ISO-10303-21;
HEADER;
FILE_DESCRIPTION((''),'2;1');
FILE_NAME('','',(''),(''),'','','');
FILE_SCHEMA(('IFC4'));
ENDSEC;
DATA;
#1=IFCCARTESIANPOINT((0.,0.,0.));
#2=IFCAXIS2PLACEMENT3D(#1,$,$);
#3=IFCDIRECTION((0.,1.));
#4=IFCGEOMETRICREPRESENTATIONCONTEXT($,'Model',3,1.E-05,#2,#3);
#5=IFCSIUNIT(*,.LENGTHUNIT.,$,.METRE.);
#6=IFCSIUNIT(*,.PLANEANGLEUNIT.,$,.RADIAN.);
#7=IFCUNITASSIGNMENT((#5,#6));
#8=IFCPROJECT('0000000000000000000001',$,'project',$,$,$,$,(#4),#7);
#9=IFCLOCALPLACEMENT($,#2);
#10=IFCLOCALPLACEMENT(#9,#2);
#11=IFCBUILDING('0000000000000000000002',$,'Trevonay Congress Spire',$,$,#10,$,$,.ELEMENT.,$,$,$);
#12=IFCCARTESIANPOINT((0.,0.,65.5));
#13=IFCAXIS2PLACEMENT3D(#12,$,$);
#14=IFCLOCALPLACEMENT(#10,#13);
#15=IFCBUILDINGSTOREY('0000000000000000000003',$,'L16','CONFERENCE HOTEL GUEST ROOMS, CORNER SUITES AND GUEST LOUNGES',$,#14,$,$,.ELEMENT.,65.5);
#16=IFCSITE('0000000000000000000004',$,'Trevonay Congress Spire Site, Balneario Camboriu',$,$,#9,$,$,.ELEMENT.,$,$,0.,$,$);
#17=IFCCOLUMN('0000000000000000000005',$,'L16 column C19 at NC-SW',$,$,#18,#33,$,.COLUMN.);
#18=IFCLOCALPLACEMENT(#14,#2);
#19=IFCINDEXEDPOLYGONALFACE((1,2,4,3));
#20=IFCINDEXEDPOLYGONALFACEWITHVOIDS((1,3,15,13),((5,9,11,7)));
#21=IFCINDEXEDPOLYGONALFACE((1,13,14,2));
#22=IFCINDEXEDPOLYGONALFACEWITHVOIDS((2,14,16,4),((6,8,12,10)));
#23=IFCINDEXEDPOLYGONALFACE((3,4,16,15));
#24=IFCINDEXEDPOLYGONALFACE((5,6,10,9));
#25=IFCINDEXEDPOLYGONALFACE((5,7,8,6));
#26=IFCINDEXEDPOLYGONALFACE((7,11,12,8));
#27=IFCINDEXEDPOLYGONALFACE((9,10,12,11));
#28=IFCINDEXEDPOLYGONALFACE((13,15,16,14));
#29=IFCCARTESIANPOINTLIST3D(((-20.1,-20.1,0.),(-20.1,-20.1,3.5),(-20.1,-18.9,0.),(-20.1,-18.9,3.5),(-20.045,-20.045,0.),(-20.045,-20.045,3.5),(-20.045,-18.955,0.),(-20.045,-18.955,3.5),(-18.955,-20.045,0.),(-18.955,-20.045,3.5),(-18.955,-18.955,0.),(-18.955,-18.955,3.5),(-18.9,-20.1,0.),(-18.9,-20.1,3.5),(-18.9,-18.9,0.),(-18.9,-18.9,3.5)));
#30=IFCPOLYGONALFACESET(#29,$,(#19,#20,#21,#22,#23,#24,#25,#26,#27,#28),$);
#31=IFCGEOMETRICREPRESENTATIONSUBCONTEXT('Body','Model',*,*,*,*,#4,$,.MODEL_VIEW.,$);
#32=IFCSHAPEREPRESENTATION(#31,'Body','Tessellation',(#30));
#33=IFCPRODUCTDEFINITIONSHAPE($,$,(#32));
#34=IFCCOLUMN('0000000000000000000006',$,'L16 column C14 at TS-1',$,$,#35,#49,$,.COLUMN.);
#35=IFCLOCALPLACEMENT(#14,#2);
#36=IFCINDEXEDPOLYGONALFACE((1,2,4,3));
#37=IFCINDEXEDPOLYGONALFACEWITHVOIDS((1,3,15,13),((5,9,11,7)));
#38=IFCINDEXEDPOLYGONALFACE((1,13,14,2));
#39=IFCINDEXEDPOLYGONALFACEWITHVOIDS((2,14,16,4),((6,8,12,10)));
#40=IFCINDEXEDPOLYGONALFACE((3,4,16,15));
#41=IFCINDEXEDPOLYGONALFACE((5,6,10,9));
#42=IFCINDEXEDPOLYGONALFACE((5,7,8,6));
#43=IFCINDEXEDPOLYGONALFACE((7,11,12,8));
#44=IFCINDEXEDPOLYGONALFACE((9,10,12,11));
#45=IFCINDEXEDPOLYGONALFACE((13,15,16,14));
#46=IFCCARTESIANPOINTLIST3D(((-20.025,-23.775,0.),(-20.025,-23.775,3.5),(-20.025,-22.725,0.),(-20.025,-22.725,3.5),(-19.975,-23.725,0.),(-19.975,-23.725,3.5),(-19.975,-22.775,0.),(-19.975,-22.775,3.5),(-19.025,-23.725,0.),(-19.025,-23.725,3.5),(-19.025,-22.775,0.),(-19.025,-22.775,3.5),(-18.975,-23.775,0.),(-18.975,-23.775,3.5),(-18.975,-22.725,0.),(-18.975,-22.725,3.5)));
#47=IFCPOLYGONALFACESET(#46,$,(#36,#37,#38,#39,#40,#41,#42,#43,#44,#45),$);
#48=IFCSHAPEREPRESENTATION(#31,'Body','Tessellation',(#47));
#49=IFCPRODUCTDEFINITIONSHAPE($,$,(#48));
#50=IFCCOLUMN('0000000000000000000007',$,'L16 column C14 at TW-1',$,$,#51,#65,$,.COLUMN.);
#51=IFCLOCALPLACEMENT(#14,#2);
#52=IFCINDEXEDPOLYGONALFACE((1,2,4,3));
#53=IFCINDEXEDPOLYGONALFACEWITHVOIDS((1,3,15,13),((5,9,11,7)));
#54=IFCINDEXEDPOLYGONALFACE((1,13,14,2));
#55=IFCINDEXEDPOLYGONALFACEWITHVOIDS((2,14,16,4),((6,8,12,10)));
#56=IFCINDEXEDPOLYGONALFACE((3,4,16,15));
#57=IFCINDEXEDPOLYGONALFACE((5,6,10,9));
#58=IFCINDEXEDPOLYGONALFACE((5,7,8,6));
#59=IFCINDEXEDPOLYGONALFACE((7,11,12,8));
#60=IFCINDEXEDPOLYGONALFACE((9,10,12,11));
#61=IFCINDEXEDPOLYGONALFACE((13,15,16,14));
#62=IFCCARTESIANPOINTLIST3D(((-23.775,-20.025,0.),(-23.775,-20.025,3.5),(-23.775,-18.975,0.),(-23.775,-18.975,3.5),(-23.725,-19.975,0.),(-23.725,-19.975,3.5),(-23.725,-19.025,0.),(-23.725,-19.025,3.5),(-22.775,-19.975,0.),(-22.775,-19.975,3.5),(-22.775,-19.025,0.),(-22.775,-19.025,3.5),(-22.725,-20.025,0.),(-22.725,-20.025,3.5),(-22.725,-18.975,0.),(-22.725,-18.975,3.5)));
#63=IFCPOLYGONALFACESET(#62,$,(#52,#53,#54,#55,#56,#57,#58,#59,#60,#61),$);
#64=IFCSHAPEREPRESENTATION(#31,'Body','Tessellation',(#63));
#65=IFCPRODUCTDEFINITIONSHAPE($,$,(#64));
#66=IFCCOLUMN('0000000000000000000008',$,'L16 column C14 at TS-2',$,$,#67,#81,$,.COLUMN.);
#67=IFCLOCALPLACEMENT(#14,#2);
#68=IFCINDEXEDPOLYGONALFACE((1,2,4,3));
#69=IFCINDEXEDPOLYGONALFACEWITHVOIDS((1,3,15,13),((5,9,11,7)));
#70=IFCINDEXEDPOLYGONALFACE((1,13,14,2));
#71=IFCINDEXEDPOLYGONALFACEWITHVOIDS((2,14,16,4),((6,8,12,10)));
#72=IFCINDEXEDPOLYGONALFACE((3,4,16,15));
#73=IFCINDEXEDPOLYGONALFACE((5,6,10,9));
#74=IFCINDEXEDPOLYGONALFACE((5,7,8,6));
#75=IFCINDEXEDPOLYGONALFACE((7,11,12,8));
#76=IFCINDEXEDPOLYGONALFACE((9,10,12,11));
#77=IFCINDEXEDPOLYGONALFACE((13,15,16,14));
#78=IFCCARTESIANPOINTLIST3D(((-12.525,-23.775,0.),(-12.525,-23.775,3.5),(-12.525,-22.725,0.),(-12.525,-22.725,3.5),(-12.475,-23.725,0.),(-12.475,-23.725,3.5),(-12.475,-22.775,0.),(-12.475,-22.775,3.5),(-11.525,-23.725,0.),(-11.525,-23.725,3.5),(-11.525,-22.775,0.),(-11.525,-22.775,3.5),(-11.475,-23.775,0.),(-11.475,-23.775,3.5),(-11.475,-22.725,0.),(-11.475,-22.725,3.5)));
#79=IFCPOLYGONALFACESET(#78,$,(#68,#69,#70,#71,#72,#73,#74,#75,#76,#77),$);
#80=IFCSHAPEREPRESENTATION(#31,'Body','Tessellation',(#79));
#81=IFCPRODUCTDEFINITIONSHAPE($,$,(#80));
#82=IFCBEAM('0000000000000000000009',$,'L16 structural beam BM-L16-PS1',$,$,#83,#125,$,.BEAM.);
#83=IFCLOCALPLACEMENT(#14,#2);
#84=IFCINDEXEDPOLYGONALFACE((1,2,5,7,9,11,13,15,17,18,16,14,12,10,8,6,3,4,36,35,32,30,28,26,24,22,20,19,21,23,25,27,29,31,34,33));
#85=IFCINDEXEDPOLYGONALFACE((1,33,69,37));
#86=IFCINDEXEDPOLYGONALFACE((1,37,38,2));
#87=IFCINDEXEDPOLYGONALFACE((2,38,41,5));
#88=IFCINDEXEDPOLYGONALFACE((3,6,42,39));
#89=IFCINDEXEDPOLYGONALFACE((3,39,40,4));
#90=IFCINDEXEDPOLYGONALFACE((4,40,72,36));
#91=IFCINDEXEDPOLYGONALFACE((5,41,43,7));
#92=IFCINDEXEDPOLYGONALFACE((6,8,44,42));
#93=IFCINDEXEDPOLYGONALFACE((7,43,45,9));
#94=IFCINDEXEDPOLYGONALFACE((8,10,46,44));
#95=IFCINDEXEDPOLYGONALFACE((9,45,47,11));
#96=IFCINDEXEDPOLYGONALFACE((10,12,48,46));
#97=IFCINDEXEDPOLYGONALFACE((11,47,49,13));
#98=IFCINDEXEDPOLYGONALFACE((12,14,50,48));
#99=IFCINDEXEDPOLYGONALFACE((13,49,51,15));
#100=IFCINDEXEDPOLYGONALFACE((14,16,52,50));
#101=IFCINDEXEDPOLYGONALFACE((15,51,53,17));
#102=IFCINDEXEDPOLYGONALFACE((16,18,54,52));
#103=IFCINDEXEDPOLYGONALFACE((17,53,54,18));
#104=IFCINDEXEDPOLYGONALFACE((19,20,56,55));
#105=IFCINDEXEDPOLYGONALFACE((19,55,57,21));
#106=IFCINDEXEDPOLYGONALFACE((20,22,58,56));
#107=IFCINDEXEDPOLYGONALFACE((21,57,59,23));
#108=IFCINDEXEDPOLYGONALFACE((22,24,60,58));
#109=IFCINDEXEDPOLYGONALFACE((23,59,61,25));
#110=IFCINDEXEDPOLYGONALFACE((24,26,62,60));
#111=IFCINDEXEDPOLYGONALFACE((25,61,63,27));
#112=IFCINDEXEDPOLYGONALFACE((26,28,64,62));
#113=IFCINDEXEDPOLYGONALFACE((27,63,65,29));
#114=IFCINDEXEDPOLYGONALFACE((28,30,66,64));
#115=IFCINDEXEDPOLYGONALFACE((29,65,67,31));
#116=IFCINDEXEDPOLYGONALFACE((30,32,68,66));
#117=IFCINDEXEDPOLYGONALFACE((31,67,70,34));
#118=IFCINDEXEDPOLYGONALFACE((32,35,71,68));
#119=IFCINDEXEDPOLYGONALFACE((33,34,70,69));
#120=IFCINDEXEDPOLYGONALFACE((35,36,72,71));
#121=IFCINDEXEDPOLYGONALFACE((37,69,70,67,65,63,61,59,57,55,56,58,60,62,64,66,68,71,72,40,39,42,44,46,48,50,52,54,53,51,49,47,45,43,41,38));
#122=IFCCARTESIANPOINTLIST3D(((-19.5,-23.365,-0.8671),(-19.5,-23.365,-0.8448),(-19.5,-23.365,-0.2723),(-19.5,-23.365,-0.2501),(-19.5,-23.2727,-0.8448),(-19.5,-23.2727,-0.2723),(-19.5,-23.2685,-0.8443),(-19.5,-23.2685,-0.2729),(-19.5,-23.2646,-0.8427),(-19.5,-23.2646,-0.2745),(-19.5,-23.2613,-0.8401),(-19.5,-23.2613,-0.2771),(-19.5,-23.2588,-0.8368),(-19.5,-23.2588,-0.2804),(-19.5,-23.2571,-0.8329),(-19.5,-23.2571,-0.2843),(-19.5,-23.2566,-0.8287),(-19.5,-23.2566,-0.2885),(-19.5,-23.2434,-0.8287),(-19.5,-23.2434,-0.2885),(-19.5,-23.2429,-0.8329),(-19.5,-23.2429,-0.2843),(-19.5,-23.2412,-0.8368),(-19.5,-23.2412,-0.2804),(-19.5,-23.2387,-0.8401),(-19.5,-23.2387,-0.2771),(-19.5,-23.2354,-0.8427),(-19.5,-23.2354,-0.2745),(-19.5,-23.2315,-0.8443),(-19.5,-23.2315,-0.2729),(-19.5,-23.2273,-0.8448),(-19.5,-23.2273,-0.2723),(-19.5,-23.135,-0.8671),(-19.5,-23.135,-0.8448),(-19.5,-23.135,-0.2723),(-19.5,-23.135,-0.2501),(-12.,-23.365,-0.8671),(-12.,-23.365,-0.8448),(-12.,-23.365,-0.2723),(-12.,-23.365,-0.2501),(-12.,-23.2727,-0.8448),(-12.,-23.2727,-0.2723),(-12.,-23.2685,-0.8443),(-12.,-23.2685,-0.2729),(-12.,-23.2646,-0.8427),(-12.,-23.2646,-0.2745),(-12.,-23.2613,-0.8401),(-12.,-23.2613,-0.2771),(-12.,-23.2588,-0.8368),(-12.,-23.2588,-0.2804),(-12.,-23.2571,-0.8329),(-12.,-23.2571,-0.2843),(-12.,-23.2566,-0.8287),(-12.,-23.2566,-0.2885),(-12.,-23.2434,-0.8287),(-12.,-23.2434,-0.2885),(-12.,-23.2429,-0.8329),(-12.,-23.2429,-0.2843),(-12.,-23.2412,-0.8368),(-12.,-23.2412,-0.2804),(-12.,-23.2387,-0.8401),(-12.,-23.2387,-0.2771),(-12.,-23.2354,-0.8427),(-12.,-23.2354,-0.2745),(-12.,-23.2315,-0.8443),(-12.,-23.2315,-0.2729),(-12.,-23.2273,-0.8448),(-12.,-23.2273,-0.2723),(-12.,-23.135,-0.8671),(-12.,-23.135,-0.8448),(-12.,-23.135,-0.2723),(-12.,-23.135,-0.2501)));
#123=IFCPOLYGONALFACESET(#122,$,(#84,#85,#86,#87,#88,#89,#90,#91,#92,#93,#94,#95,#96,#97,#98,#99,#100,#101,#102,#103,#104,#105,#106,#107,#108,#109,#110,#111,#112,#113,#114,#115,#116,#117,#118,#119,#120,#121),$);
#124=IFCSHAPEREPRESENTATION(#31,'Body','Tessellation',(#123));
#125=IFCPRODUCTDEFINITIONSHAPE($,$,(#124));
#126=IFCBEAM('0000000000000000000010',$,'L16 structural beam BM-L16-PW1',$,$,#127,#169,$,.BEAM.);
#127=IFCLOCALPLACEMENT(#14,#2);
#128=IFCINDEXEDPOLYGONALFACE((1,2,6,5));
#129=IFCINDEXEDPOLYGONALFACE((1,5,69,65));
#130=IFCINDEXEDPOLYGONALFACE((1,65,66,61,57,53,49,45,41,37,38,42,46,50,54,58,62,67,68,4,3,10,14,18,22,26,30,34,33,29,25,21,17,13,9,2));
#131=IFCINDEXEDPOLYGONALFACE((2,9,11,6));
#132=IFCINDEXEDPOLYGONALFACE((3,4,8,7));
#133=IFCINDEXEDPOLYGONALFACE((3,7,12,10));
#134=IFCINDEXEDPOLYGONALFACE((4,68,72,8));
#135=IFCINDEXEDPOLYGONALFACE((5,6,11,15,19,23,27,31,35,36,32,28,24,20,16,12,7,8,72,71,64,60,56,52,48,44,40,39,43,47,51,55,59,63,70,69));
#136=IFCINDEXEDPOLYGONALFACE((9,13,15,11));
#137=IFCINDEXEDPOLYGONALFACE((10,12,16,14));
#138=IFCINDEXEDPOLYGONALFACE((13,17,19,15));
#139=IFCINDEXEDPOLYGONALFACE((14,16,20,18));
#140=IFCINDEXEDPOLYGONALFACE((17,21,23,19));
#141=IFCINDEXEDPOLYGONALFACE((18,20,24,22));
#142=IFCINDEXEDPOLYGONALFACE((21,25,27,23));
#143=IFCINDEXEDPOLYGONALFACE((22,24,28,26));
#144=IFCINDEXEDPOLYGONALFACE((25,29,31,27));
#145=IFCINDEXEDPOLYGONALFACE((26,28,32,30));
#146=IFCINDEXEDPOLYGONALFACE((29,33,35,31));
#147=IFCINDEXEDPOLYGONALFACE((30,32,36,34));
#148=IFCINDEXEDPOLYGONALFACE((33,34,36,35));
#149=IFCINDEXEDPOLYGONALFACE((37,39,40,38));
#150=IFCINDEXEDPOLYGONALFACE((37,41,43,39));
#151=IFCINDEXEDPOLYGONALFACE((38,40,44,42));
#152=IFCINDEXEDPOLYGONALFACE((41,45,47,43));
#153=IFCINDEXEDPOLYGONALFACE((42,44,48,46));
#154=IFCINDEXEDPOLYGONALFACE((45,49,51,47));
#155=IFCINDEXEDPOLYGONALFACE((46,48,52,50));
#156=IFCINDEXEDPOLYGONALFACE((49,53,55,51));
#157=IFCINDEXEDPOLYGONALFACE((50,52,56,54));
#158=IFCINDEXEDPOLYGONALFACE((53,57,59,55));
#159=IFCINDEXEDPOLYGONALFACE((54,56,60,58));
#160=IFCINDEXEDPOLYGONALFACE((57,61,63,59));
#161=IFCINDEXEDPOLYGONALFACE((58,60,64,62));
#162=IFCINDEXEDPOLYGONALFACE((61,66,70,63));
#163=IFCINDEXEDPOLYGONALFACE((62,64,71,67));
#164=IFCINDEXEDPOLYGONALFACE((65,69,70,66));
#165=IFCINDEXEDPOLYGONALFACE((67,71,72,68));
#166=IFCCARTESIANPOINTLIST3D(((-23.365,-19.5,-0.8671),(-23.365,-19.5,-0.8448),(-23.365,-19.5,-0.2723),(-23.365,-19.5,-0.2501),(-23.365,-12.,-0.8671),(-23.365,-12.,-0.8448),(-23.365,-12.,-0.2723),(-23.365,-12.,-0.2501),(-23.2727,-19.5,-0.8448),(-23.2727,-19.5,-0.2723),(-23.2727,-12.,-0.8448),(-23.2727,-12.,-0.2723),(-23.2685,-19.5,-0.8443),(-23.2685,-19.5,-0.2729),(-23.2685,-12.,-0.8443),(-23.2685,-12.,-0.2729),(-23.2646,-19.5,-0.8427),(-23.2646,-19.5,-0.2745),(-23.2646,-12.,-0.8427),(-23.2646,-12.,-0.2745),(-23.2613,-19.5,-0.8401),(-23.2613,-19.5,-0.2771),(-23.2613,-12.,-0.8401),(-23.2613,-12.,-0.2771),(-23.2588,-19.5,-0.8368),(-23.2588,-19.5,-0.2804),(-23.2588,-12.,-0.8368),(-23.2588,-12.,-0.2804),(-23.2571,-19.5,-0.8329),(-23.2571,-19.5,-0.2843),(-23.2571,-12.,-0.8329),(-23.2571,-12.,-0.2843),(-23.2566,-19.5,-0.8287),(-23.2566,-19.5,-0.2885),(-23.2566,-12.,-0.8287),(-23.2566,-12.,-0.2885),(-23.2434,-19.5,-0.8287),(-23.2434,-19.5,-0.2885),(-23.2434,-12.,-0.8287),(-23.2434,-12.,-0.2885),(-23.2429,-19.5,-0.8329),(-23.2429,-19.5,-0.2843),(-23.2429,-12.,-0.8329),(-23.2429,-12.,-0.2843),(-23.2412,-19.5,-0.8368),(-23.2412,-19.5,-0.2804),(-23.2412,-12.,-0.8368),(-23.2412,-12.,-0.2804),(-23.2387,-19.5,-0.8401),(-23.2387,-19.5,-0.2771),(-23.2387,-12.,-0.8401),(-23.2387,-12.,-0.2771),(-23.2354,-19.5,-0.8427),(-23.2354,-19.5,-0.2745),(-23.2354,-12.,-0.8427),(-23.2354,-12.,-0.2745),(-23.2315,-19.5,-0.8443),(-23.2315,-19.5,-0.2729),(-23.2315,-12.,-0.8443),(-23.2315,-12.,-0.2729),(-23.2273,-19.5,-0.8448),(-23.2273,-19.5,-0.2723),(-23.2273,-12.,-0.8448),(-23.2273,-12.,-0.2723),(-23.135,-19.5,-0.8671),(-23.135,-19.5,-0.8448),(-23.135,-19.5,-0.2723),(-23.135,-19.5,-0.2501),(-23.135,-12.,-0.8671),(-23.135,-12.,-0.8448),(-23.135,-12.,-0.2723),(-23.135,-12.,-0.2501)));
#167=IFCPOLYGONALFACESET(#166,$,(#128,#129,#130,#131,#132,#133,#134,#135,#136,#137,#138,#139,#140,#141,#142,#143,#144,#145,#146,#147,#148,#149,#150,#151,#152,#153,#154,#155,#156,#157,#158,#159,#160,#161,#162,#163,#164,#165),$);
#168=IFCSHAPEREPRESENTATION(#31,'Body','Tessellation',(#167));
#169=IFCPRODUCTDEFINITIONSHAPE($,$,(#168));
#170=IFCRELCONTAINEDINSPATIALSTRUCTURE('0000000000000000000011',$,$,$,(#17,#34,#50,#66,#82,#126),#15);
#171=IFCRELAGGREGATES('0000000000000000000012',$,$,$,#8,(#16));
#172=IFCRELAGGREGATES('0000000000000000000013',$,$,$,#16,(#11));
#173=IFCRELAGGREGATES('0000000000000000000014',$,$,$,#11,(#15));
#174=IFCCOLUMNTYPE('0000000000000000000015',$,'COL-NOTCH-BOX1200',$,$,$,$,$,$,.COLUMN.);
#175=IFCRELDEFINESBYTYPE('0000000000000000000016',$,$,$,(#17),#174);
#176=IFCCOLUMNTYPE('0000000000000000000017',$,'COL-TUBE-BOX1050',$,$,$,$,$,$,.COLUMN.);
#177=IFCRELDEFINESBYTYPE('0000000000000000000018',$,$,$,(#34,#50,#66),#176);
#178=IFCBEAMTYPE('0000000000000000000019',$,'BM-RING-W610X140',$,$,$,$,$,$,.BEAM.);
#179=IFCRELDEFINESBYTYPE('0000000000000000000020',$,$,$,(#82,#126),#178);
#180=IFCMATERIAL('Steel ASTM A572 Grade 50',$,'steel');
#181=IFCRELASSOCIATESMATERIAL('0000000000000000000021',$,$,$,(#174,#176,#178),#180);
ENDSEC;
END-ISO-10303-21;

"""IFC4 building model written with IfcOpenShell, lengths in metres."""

from ifc_helpers import new_model, si_unit, direction, frame, origin, origin_2d, place, context, subcontext, project, spatial, hollow_rectangle, i_section, extrude, material, material_profile, profile_set, type_object, element, save


model = new_model("IFC4")

# Units and contexts
model_context = context("Model", 3, precision=1e-05, world=origin(), true_north=direction((0.0, 1.0)))
body_context = subcontext(model_context, "Body", "Model", "MODEL_VIEW")
ifc_project = project(units=[si_unit("LENGTHUNIT", "METRE"), si_unit("PLANEANGLEUNIT", "RADIAN")], contexts=[model_context])

# Site, building, storey
site_placement = place(None, origin())
site = spatial("IfcSite", under=ifc_project, at=site_placement, Name="Trevonay Congress Spire Site, Balneario Camboriu", CompositionType="ELEMENT", RefElevation=0.0)
building_placement = place(site_placement, origin())
building = spatial("IfcBuilding", under=site, at=building_placement, Name="Trevonay Congress Spire", CompositionType="ELEMENT")
storey_placement = place(building_placement, frame((0.0, 0.0, 65.5)))
storey = spatial("IfcBuildingStorey", under=building, at=storey_placement, Name="L16", Description="CONFERENCE HOTEL GUEST ROOMS, CORNER SUITES AND GUEST LOUNGES", CompositionType="ELEMENT", Elevation=65.5)

# Columns
ifc_material_1 = material(Name="Steel ASTM A572 Grade 50", Category="steel")
ifc_material_profile_1 = material_profile(ifc_material_1, hollow_rectangle(XDim=1.2, YDim=1.2, WallThickness=0.0549, at=origin_2d()), Name="BOX 1200x1200x55")
ifc_profile_set_1 = profile_set([ifc_material_profile_1], Name="Steel ASTM A572 Grade 50")
column_type_1 = type_object("IfcColumnType", Name="COL-NOTCH-BOX1200", PredefinedType="COLUMN", material=ifc_profile_set_1)
column_placement = place(storey_placement, frame((-19.5, -19.5, 0.0), z_axis=(0.0, 0.0, 1.0), x_axis=(1.0, 0.0, 0.0)))
element("IfcColumn", 1, at=column_placement, inside=storey, type_object=column_type_1, Name="L16 column C19 at NC-SW", PredefinedType="COLUMN", context=body_context, shape_type="SweptSolid", body=[
    extrude(hollow_rectangle(XDim=1.2, YDim=1.2, WallThickness=0.0549, at=origin_2d()), origin(), (0.0, 0.0, 1.0), 3.5),
])
ifc_material_profile_2 = material_profile(ifc_material_1, hollow_rectangle(XDim=1.05, YDim=1.05, WallThickness=0.05, at=origin_2d()), Name="BOX 1050x1050x50")
ifc_profile_set_2 = profile_set([ifc_material_profile_2], Name="Steel ASTM A572 Grade 50")
column_type_2 = type_object("IfcColumnType", Name="COL-TUBE-BOX1050", PredefinedType="COLUMN", material=ifc_profile_set_2)
for number, where, z_axis, x_axis, name in (
    (2, (-19.5, -23.25, 0.0), (0.0, 0.0, 1.0), (1.0, 0.0, 0.0), "L16 column C14 at TS-1"),
    (3, (-23.25, -19.5, 0.0), (0.0, 0.0, 1.0), (1.0, 0.0, 0.0), "L16 column C14 at TW-1"),
    (4, (-12.0, -23.25, 0.0), (0.0, 0.0, 1.0), (1.0, 0.0, 0.0), "L16 column C14 at TS-2"),
):
    element("IfcColumn", number, at=place(storey_placement, frame(where, z_axis=z_axis, x_axis=x_axis)), inside=storey, type_object=column_type_2, Name=name, PredefinedType="COLUMN", context=body_context, shape_type="SweptSolid", body=[
        extrude(hollow_rectangle(XDim=1.05, YDim=1.05, WallThickness=0.05, at=origin_2d()), origin(), (0.0, 0.0, 1.0), 3.5),
    ])

# Beams
ifc_material_profile_3 = material_profile(ifc_material_1, i_section(OverallWidth=0.23, OverallDepth=0.6169, WebThickness=0.0132, FlangeThickness=0.0222, FilletRadius=0.0161, at=origin_2d()), Name="W610x140")
ifc_profile_set_3 = profile_set([ifc_material_profile_3], Name="Steel ASTM A572 Grade 50")
beam_type = type_object("IfcBeamType", Name="BM-RING-W610X140", PredefinedType="BEAM", material=ifc_profile_set_3)
for number, where, z_axis, x_axis, name in (
    (5, (-19.5, -23.25, -0.5586), (1.0, 0.0, 0.0), (0.0, 1.0, 0.0), "L16 structural beam BM-L16-PS1"),
    (6, (-23.25, -19.5, -0.5586), (0.0, 1.0, 0.0), (-1.0, 0.0, 0.0), "L16 structural beam BM-L16-PW1"),
):
    element("IfcBeam", number, at=place(storey_placement, frame(where, z_axis=z_axis, x_axis=x_axis)), inside=storey, type_object=beam_type, Name=name, PredefinedType="BEAM", context=body_context, shape_type="SweptSolid", body=[
        extrude(i_section(OverallWidth=0.23, OverallDepth=0.6169, WebThickness=0.0132, FlangeThickness=0.0222, FilletRadius=0.0161, at=origin_2d()), origin(), (0.0, 0.0, 1.0), 7.5),
    ])

save(model, "model.ifc")
